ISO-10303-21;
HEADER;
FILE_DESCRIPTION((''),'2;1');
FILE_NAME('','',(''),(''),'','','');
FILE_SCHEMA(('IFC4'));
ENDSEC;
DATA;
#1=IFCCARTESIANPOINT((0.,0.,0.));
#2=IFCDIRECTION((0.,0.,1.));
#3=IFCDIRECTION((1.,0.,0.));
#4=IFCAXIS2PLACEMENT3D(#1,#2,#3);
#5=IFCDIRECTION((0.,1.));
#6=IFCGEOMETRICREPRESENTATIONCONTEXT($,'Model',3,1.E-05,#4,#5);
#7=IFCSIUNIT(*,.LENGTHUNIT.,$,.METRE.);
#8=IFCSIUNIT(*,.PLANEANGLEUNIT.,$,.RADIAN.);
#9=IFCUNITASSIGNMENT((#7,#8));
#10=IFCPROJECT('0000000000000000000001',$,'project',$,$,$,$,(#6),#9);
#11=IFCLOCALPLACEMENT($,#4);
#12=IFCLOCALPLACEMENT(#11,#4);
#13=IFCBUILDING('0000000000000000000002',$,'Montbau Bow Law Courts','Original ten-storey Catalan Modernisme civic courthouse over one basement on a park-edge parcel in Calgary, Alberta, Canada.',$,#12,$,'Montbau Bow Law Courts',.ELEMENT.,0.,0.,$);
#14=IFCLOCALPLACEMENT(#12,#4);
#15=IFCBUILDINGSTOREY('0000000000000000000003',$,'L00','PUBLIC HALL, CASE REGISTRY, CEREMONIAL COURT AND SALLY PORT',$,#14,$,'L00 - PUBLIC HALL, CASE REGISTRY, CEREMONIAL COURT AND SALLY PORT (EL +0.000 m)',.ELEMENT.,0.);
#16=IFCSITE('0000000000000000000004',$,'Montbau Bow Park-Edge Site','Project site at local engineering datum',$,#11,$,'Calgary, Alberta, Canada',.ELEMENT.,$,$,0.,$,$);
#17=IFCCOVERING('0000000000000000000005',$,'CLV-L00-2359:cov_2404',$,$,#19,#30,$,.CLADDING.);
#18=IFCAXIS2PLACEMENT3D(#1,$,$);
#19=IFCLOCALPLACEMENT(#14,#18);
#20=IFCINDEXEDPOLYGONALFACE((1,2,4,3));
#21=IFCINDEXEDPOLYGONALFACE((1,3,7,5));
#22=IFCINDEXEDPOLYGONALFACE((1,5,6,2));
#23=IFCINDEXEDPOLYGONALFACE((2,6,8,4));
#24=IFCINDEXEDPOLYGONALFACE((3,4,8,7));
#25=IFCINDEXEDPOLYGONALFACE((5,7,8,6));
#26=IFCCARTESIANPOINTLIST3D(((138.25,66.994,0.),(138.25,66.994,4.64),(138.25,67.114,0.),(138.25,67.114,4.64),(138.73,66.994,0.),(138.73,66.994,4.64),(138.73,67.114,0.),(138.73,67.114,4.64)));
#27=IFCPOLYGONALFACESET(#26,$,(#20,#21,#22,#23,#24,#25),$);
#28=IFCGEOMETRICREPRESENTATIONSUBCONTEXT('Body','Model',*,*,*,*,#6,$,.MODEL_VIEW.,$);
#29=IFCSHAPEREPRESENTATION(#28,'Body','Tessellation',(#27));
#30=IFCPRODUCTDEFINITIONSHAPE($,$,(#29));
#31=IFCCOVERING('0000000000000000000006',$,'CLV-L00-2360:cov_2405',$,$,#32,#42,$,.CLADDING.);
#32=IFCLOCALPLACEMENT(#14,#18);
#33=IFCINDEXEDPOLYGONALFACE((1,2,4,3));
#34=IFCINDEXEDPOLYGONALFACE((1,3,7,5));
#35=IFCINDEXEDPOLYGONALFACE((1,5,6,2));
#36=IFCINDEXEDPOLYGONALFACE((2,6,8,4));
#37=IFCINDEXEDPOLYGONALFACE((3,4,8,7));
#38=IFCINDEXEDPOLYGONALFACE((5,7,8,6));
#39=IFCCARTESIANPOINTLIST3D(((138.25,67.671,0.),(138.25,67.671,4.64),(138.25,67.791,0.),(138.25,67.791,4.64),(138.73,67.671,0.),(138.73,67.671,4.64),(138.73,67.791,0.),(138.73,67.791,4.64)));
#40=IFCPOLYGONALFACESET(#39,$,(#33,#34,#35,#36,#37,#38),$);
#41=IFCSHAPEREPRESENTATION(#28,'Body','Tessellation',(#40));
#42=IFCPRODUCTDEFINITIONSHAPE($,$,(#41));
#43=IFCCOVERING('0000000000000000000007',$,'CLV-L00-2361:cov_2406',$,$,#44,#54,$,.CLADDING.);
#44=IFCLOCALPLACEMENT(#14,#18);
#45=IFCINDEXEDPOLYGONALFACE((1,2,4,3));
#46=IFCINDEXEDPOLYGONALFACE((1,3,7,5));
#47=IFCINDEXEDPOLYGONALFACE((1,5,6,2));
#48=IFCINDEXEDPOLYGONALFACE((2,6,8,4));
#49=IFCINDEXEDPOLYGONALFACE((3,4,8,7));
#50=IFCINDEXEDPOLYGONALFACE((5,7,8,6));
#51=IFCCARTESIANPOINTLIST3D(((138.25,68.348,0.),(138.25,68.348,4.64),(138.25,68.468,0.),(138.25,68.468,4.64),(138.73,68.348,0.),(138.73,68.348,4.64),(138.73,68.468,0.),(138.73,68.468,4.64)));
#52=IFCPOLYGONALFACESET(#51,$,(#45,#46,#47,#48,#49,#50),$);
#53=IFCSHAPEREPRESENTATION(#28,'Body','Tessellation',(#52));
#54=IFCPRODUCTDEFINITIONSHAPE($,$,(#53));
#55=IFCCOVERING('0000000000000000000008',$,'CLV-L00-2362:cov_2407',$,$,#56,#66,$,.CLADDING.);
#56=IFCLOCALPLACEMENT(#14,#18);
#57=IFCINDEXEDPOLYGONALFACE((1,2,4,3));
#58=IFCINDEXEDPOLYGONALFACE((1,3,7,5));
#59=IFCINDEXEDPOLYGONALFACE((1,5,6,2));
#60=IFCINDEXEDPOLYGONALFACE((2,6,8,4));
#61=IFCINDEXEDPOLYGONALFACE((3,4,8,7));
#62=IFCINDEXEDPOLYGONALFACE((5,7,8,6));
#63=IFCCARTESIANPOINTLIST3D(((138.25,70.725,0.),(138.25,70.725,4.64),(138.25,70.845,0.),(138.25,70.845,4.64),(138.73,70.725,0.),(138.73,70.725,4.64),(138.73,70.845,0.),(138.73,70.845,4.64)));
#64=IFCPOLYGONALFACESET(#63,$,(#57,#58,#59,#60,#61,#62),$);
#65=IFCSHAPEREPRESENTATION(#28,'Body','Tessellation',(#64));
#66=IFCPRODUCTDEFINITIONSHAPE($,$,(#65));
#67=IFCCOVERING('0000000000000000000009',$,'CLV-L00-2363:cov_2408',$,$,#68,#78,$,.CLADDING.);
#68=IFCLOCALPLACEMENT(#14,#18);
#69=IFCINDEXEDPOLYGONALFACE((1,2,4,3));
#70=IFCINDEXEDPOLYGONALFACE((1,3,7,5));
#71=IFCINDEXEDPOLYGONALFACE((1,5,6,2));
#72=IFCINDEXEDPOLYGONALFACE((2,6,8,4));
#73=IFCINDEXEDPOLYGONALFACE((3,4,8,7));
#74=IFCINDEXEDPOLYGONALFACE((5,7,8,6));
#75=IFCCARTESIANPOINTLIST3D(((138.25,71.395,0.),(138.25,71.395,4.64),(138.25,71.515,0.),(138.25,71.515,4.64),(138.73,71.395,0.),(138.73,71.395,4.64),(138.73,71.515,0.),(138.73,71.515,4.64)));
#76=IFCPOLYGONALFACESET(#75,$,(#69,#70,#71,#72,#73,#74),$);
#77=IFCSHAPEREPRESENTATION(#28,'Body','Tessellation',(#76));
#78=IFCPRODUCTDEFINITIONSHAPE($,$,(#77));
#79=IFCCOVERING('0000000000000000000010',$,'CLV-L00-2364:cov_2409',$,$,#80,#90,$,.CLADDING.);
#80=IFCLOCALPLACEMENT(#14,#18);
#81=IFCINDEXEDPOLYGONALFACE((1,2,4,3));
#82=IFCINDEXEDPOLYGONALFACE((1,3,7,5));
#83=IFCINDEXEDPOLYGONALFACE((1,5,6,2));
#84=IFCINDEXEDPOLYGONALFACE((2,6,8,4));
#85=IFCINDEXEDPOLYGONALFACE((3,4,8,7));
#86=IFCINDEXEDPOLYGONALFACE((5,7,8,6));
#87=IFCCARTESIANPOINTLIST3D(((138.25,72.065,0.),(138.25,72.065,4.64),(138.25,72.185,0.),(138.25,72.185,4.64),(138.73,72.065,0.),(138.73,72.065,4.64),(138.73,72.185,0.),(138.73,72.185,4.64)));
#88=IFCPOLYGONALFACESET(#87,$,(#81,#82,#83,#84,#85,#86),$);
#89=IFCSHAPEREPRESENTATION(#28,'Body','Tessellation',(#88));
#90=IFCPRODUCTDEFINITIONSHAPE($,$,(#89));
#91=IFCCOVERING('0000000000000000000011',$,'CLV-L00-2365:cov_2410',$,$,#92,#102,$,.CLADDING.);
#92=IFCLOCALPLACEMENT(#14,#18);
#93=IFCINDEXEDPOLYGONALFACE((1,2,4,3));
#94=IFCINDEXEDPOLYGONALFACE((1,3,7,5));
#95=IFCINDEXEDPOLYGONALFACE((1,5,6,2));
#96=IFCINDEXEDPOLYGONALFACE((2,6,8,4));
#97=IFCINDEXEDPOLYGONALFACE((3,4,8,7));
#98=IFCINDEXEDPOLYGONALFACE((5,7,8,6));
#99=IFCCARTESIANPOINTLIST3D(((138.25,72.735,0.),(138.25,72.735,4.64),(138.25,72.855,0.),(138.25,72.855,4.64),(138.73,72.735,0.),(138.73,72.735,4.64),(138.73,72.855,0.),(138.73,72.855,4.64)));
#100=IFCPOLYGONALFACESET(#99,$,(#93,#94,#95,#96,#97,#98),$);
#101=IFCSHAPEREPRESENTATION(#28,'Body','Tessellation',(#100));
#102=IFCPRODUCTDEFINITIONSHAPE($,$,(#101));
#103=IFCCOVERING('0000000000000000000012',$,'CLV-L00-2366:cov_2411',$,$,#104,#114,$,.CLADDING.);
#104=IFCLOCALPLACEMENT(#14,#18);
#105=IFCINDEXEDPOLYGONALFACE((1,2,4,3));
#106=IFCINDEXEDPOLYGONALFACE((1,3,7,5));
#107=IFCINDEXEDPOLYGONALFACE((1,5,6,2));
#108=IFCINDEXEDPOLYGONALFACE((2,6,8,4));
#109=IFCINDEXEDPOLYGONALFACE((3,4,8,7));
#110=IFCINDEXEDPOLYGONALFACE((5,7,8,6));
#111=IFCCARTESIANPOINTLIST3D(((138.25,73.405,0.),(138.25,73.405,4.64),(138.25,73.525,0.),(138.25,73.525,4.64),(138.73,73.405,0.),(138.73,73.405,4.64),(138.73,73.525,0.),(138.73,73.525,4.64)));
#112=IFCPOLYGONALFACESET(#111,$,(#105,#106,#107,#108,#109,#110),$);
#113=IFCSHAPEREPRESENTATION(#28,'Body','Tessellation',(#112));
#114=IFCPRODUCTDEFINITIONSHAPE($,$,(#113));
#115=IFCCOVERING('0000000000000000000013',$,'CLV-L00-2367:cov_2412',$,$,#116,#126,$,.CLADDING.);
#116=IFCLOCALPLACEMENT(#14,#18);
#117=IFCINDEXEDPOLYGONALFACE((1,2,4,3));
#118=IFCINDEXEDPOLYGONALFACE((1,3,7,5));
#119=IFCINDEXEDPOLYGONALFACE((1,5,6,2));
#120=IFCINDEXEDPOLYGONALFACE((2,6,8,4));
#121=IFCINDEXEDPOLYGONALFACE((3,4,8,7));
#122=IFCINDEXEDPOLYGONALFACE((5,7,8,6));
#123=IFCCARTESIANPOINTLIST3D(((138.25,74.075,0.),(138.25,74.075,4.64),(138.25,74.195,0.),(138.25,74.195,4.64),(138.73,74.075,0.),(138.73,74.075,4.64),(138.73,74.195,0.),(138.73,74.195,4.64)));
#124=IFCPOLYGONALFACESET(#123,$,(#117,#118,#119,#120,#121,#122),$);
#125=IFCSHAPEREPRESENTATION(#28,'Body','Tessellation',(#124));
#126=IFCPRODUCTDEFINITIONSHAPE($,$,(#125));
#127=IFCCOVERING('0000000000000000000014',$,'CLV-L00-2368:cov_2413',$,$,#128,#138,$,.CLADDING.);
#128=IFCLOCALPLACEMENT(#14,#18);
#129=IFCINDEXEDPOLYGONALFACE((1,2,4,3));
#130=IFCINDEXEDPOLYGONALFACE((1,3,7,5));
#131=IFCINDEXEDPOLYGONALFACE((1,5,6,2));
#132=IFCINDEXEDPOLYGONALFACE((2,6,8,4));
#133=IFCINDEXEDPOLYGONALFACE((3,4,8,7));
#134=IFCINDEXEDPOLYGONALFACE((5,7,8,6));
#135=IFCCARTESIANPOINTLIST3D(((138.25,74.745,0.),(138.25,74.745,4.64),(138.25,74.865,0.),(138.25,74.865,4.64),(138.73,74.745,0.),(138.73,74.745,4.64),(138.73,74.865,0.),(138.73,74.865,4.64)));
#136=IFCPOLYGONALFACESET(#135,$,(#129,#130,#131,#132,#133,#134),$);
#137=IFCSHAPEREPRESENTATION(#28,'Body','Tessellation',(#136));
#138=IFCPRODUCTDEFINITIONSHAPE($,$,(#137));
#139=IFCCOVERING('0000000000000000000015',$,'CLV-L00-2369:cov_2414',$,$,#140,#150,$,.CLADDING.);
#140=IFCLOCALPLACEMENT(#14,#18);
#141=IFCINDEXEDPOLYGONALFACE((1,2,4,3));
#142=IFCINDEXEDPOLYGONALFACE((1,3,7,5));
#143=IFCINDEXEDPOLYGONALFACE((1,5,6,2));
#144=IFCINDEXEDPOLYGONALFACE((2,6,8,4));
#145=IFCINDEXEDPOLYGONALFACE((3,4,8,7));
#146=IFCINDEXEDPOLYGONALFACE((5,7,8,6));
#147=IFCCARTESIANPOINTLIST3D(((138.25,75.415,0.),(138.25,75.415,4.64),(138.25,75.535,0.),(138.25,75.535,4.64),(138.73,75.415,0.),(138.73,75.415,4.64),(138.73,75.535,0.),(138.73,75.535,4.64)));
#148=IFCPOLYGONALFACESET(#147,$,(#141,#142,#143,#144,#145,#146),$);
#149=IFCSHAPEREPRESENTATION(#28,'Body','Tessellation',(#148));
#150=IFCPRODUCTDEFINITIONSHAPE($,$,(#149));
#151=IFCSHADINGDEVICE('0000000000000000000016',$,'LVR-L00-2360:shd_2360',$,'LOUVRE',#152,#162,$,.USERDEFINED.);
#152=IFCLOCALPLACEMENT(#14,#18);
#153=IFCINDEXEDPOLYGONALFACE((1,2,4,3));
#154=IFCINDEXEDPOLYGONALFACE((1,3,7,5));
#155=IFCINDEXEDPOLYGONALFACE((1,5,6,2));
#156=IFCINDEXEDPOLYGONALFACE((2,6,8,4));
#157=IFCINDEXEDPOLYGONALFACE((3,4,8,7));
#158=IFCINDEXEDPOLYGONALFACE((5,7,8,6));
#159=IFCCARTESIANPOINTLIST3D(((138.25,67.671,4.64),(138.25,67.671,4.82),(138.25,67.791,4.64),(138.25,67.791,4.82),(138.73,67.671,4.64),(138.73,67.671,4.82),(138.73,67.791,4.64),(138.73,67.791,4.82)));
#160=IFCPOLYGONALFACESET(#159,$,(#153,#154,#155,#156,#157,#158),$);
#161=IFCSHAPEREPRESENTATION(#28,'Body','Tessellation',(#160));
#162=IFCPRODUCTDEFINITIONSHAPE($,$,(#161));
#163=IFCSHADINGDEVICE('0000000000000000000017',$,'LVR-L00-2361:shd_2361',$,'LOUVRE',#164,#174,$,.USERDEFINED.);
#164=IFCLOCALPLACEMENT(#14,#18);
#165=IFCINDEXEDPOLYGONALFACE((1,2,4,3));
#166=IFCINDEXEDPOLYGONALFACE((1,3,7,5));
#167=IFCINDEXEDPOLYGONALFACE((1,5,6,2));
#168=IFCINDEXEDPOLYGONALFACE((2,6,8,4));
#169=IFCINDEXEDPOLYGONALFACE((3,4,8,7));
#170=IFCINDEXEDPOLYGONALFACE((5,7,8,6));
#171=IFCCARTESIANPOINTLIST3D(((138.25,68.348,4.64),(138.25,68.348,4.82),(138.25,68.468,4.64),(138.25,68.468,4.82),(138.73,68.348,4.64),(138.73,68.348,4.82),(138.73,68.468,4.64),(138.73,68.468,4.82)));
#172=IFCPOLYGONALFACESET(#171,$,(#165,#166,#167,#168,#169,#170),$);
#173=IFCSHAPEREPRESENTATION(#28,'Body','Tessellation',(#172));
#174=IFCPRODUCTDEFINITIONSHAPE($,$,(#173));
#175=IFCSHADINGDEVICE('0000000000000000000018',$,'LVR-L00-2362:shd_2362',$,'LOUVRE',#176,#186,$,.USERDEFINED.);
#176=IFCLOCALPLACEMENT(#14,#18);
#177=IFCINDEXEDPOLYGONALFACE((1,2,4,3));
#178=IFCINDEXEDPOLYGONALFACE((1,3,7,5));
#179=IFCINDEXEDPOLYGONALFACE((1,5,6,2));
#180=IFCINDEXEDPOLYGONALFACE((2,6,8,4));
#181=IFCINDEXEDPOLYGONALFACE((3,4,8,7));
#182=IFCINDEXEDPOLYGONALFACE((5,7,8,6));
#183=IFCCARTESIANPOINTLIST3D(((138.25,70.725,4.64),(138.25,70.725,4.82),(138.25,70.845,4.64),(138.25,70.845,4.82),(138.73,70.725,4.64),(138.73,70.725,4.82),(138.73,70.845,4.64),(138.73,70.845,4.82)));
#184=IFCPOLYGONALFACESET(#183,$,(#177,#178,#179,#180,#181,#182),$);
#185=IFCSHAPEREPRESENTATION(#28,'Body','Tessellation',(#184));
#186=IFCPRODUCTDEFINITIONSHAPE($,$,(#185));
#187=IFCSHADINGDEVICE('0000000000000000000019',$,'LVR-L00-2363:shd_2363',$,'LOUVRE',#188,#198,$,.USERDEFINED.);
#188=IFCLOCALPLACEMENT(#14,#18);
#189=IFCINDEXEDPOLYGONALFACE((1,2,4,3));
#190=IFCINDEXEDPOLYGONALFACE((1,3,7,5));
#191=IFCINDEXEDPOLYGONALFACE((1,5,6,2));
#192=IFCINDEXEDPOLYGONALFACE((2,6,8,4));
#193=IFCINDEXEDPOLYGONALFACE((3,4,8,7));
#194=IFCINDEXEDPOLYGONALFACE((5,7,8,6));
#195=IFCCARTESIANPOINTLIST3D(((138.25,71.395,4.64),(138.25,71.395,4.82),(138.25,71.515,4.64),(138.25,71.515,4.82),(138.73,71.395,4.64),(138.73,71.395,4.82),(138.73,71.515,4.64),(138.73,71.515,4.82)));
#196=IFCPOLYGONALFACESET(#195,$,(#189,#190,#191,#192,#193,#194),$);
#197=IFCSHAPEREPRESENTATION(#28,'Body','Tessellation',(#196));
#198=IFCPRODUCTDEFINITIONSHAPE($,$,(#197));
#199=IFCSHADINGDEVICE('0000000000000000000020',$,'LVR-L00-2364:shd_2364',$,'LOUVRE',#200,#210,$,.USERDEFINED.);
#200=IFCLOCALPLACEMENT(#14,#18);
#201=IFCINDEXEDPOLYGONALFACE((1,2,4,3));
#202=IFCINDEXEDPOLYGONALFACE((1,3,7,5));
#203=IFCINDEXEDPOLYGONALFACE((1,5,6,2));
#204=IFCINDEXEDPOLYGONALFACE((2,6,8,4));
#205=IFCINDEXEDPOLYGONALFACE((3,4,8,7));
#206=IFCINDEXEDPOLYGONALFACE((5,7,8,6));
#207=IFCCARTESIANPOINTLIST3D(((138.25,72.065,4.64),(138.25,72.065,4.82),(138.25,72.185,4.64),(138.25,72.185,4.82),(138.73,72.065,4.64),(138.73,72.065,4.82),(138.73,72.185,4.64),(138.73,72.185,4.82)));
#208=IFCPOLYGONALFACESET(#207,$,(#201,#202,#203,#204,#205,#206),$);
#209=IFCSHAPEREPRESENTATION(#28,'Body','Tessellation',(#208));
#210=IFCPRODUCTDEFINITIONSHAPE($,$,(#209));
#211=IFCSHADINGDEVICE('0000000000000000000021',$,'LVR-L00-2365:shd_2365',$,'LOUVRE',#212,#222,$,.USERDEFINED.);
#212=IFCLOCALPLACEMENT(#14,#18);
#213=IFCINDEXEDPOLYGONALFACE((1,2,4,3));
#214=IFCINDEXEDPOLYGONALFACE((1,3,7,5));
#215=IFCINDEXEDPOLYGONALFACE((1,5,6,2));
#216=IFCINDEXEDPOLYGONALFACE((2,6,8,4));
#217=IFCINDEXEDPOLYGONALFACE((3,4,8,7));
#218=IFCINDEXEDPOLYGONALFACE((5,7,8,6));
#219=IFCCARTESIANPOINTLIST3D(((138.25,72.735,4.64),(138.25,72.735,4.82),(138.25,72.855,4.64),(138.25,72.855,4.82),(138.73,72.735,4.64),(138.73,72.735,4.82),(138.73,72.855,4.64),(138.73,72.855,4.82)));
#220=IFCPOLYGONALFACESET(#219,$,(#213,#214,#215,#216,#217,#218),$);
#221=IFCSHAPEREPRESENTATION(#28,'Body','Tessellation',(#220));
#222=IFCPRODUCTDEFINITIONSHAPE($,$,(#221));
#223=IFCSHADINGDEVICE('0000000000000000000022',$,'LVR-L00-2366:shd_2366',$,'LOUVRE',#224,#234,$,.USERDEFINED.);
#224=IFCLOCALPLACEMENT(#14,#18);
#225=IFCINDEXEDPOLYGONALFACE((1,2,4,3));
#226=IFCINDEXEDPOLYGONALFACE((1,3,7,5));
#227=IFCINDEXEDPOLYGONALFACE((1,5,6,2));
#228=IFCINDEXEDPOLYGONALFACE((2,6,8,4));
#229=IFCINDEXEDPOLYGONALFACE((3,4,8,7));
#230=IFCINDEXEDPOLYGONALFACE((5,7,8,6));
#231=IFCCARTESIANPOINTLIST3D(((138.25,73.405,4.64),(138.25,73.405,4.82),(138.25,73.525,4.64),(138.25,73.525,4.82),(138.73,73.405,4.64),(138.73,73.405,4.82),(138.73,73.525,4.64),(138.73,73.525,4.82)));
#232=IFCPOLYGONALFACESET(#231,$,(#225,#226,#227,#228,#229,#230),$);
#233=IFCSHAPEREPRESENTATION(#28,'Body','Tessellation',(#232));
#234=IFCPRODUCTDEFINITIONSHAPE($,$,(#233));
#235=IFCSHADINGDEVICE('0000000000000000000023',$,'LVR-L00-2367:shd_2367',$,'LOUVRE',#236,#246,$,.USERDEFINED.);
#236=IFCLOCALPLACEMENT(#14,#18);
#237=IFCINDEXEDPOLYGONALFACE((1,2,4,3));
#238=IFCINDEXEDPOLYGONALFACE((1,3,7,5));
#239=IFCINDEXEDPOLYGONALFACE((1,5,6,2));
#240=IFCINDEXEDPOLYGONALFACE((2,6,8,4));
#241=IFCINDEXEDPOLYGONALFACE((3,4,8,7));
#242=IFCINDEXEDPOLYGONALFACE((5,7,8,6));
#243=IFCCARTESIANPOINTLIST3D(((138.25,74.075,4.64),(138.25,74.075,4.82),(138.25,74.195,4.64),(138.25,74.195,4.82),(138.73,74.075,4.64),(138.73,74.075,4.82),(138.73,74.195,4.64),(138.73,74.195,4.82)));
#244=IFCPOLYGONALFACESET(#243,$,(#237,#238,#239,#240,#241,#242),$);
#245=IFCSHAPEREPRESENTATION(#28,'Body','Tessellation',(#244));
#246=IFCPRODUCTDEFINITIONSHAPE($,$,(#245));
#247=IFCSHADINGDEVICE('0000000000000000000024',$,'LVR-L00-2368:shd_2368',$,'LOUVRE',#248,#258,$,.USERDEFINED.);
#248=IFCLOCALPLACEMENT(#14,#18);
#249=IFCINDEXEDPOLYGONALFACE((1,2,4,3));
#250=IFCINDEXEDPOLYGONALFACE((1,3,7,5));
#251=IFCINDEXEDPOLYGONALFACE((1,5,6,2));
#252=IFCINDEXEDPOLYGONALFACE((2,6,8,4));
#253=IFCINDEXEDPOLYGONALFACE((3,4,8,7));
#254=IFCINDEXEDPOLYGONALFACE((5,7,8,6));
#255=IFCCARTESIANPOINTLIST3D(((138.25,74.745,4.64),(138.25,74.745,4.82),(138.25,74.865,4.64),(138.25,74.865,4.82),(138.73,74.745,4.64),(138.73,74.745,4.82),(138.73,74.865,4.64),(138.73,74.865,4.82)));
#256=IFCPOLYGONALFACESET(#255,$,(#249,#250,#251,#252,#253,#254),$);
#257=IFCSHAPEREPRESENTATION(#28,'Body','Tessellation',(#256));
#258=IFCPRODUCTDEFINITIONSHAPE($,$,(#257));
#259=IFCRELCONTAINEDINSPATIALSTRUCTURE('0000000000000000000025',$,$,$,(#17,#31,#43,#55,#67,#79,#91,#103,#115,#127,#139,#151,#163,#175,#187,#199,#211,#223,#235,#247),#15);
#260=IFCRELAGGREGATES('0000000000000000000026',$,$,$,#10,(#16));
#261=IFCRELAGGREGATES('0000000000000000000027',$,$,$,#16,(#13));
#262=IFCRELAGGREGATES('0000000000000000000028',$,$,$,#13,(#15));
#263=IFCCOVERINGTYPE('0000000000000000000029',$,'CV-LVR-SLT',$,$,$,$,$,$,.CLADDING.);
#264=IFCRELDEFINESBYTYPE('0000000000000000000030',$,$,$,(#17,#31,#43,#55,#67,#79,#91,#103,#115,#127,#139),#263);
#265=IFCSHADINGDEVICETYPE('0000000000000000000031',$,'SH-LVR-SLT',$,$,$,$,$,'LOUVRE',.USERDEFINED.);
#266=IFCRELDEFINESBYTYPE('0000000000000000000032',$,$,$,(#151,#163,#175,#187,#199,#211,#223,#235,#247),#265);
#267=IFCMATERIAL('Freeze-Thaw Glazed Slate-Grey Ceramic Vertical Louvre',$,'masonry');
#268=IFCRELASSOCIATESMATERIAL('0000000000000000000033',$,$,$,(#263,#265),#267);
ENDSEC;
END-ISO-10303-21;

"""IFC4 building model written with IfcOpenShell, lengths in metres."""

from ifc_helpers import new_model, si_unit, direction, frame, frame_2d, origin_with_axes, origin_2d_with_axis, place, context, subcontext, project, spatial, rectangle, extrude, material, type_object, element, save


model = new_model("IFC4")

# Units and contexts
model_context = context("Model", 3, precision=1e-05, world=origin_with_axes(), true_north=direction((0.0, 1.0)))
body_context = subcontext(model_context, "Body", "Model", "MODEL_VIEW")
ifc_project = project(units=[si_unit("LENGTHUNIT", "METRE"), si_unit("PLANEANGLEUNIT", "RADIAN")], contexts=[model_context])

# Site, building, storey
site_placement = place(None, origin_with_axes())
site = spatial("IfcSite", under=ifc_project, at=site_placement, Name="Montbau Bow Park-Edge Site", Description="Project site at local engineering datum", LongName="Calgary, Alberta, Canada", CompositionType="ELEMENT", RefElevation=0.0)
building_placement = place(site_placement, origin_with_axes())
building = spatial("IfcBuilding", under=site, at=building_placement, Name="Montbau Bow Law Courts", Description="Original ten-storey Catalan Modernisme civic courthouse over one basement on a park-edge parcel in Calgary, Alberta, Canada.", LongName="Montbau Bow Law Courts", CompositionType="ELEMENT", ElevationOfRefHeight=0.0, ElevationOfTerrain=0.0)
storey_placement = place(building_placement, origin_with_axes())
storey = spatial("IfcBuildingStorey", under=building, at=storey_placement, Name="L00", Description="PUBLIC HALL, CASE REGISTRY, CEREMONIAL COURT AND SALLY PORT", LongName="L00 - PUBLIC HALL, CASE REGISTRY, CEREMONIAL COURT AND SALLY PORT (EL +0.000 m)", CompositionType="ELEMENT", Elevation=0.0)

# Coverings
ifc_material_1 = material(Name="Freeze-Thaw Glazed Slate-Grey Ceramic Vertical Louvre", Category="masonry")
covering_type = type_object("IfcCoveringType", Name="CV-LVR-SLT", PredefinedType="CLADDING", material=ifc_material_1)
for number, where, z_axis, x_axis, name in (
    (1, (138.73, 67.054, 0.0), (0.0, 1.0, 0.0), (-1.0, 0.0, 0.0), "CLV-L00-2359:cov_2404"),
    (2, (138.73, 67.731, 0.0), (0.0, 1.0, 0.0), (-1.0, 0.0, 0.0), "CLV-L00-2360:cov_2405"),
    (3, (138.73, 68.408, 0.0), (0.0, 1.0, 0.0), (-1.0, 0.0, 0.0), "CLV-L00-2361:cov_2406"),
    (4, (138.73, 70.785, 0.0), (0.0, 1.0, 0.0), (-1.0, 0.0, 0.0), "CLV-L00-2362:cov_2407"),
    (5, (138.73, 71.455, 0.0), (0.0, 1.0, 0.0), (-1.0, 0.0, 0.0), "CLV-L00-2363:cov_2408"),
    (6, (138.73, 72.125, 0.0), (0.0, 1.0, 0.0), (-1.0, 0.0, 0.0), "CLV-L00-2364:cov_2409"),
    (7, (138.73, 72.795, 0.0), (0.0, 1.0, 0.0), (-1.0, 0.0, 0.0), "CLV-L00-2365:cov_2410"),
    (8, (138.73, 73.465, 0.0), (0.0, 1.0, 0.0), (-1.0, 0.0, 0.0), "CLV-L00-2366:cov_2411"),
    (9, (138.73, 74.135, 0.0), (0.0, 1.0, 0.0), (-1.0, 0.0, 0.0), "CLV-L00-2367:cov_2412"),
    (10, (138.73, 74.805, 0.0), (0.0, 1.0, 0.0), (-1.0, 0.0, 0.0), "CLV-L00-2368:cov_2413"),
    (11, (138.73, 75.475, 0.0), (0.0, 1.0, 0.0), (-1.0, 0.0, 0.0), "CLV-L00-2369:cov_2414"),
):
    element("IfcCovering", number, at=place(None, frame(where, z_axis=z_axis, x_axis=x_axis)), inside=storey, type_object=covering_type, Name=name, PredefinedType="CLADDING", context=body_context, shape_type="SweptSolid", body=[
        extrude(rectangle(XDim=0.48, YDim=4.64, at=frame_2d((0.24, 2.32), x_axis=(1.0, 0.0))), frame((0.0, 0.0, -0.06), z_axis=(0.0, 0.0, 1.0), x_axis=(1.0, 0.0, 0.0)), (0.0, 0.0, 1.0), 0.12),
    ])

# Shading devices
shading_device_type = type_object("IfcShadingDeviceType", Name="SH-LVR-SLT", ElementType="LOUVRE", PredefinedType="USERDEFINED", material=ifc_material_1)
for number, where, z_axis, x_axis, name in (
    (12, (138.49, 67.731, 4.64), (0.0, 0.0, 1.0), (-1.0, 0.0, 0.0), "LVR-L00-2360:shd_2360"),
    (13, (138.49, 68.408, 4.64), (0.0, 0.0, 1.0), (-1.0, 0.0, 0.0), "LVR-L00-2361:shd_2361"),
    (14, (138.49, 70.785, 4.64), (0.0, 0.0, 1.0), (-1.0, 0.0, 0.0), "LVR-L00-2362:shd_2362"),
    (15, (138.49, 71.455, 4.64), (0.0, 0.0, 1.0), (-1.0, 0.0, 0.0), "LVR-L00-2363:shd_2363"),
    (16, (138.49, 72.125, 4.64), (0.0, 0.0, 1.0), (-1.0, 0.0, 0.0), "LVR-L00-2364:shd_2364"),
    (17, (138.49, 72.795, 4.64), (0.0, 0.0, 1.0), (-1.0, 0.0, 0.0), "LVR-L00-2365:shd_2365"),
    (18, (138.49, 73.465, 4.64), (0.0, 0.0, 1.0), (-1.0, 0.0, 0.0), "LVR-L00-2366:shd_2366"),
    (19, (138.49, 74.135, 4.64), (0.0, 0.0, 1.0), (-1.0, 0.0, 0.0), "LVR-L00-2367:shd_2367"),
    (20, (138.49, 74.805, 4.64), (0.0, 0.0, 1.0), (-1.0, 0.0, 0.0), "LVR-L00-2368:shd_2368"),
):
    element("IfcShadingDevice", number, at=place(None, frame(where, z_axis=z_axis, x_axis=x_axis)), inside=storey, type_object=shading_device_type, Name=name, ObjectType="LOUVRE", PredefinedType="USERDEFINED", context=body_context, shape_type="SweptSolid", body=[
        extrude(rectangle(XDim=0.48, YDim=0.12, at=origin_2d_with_axis()), origin_with_axes(), (0.0, 0.0, 1.0), 0.18),
    ])

save(model, "model.ifc")
